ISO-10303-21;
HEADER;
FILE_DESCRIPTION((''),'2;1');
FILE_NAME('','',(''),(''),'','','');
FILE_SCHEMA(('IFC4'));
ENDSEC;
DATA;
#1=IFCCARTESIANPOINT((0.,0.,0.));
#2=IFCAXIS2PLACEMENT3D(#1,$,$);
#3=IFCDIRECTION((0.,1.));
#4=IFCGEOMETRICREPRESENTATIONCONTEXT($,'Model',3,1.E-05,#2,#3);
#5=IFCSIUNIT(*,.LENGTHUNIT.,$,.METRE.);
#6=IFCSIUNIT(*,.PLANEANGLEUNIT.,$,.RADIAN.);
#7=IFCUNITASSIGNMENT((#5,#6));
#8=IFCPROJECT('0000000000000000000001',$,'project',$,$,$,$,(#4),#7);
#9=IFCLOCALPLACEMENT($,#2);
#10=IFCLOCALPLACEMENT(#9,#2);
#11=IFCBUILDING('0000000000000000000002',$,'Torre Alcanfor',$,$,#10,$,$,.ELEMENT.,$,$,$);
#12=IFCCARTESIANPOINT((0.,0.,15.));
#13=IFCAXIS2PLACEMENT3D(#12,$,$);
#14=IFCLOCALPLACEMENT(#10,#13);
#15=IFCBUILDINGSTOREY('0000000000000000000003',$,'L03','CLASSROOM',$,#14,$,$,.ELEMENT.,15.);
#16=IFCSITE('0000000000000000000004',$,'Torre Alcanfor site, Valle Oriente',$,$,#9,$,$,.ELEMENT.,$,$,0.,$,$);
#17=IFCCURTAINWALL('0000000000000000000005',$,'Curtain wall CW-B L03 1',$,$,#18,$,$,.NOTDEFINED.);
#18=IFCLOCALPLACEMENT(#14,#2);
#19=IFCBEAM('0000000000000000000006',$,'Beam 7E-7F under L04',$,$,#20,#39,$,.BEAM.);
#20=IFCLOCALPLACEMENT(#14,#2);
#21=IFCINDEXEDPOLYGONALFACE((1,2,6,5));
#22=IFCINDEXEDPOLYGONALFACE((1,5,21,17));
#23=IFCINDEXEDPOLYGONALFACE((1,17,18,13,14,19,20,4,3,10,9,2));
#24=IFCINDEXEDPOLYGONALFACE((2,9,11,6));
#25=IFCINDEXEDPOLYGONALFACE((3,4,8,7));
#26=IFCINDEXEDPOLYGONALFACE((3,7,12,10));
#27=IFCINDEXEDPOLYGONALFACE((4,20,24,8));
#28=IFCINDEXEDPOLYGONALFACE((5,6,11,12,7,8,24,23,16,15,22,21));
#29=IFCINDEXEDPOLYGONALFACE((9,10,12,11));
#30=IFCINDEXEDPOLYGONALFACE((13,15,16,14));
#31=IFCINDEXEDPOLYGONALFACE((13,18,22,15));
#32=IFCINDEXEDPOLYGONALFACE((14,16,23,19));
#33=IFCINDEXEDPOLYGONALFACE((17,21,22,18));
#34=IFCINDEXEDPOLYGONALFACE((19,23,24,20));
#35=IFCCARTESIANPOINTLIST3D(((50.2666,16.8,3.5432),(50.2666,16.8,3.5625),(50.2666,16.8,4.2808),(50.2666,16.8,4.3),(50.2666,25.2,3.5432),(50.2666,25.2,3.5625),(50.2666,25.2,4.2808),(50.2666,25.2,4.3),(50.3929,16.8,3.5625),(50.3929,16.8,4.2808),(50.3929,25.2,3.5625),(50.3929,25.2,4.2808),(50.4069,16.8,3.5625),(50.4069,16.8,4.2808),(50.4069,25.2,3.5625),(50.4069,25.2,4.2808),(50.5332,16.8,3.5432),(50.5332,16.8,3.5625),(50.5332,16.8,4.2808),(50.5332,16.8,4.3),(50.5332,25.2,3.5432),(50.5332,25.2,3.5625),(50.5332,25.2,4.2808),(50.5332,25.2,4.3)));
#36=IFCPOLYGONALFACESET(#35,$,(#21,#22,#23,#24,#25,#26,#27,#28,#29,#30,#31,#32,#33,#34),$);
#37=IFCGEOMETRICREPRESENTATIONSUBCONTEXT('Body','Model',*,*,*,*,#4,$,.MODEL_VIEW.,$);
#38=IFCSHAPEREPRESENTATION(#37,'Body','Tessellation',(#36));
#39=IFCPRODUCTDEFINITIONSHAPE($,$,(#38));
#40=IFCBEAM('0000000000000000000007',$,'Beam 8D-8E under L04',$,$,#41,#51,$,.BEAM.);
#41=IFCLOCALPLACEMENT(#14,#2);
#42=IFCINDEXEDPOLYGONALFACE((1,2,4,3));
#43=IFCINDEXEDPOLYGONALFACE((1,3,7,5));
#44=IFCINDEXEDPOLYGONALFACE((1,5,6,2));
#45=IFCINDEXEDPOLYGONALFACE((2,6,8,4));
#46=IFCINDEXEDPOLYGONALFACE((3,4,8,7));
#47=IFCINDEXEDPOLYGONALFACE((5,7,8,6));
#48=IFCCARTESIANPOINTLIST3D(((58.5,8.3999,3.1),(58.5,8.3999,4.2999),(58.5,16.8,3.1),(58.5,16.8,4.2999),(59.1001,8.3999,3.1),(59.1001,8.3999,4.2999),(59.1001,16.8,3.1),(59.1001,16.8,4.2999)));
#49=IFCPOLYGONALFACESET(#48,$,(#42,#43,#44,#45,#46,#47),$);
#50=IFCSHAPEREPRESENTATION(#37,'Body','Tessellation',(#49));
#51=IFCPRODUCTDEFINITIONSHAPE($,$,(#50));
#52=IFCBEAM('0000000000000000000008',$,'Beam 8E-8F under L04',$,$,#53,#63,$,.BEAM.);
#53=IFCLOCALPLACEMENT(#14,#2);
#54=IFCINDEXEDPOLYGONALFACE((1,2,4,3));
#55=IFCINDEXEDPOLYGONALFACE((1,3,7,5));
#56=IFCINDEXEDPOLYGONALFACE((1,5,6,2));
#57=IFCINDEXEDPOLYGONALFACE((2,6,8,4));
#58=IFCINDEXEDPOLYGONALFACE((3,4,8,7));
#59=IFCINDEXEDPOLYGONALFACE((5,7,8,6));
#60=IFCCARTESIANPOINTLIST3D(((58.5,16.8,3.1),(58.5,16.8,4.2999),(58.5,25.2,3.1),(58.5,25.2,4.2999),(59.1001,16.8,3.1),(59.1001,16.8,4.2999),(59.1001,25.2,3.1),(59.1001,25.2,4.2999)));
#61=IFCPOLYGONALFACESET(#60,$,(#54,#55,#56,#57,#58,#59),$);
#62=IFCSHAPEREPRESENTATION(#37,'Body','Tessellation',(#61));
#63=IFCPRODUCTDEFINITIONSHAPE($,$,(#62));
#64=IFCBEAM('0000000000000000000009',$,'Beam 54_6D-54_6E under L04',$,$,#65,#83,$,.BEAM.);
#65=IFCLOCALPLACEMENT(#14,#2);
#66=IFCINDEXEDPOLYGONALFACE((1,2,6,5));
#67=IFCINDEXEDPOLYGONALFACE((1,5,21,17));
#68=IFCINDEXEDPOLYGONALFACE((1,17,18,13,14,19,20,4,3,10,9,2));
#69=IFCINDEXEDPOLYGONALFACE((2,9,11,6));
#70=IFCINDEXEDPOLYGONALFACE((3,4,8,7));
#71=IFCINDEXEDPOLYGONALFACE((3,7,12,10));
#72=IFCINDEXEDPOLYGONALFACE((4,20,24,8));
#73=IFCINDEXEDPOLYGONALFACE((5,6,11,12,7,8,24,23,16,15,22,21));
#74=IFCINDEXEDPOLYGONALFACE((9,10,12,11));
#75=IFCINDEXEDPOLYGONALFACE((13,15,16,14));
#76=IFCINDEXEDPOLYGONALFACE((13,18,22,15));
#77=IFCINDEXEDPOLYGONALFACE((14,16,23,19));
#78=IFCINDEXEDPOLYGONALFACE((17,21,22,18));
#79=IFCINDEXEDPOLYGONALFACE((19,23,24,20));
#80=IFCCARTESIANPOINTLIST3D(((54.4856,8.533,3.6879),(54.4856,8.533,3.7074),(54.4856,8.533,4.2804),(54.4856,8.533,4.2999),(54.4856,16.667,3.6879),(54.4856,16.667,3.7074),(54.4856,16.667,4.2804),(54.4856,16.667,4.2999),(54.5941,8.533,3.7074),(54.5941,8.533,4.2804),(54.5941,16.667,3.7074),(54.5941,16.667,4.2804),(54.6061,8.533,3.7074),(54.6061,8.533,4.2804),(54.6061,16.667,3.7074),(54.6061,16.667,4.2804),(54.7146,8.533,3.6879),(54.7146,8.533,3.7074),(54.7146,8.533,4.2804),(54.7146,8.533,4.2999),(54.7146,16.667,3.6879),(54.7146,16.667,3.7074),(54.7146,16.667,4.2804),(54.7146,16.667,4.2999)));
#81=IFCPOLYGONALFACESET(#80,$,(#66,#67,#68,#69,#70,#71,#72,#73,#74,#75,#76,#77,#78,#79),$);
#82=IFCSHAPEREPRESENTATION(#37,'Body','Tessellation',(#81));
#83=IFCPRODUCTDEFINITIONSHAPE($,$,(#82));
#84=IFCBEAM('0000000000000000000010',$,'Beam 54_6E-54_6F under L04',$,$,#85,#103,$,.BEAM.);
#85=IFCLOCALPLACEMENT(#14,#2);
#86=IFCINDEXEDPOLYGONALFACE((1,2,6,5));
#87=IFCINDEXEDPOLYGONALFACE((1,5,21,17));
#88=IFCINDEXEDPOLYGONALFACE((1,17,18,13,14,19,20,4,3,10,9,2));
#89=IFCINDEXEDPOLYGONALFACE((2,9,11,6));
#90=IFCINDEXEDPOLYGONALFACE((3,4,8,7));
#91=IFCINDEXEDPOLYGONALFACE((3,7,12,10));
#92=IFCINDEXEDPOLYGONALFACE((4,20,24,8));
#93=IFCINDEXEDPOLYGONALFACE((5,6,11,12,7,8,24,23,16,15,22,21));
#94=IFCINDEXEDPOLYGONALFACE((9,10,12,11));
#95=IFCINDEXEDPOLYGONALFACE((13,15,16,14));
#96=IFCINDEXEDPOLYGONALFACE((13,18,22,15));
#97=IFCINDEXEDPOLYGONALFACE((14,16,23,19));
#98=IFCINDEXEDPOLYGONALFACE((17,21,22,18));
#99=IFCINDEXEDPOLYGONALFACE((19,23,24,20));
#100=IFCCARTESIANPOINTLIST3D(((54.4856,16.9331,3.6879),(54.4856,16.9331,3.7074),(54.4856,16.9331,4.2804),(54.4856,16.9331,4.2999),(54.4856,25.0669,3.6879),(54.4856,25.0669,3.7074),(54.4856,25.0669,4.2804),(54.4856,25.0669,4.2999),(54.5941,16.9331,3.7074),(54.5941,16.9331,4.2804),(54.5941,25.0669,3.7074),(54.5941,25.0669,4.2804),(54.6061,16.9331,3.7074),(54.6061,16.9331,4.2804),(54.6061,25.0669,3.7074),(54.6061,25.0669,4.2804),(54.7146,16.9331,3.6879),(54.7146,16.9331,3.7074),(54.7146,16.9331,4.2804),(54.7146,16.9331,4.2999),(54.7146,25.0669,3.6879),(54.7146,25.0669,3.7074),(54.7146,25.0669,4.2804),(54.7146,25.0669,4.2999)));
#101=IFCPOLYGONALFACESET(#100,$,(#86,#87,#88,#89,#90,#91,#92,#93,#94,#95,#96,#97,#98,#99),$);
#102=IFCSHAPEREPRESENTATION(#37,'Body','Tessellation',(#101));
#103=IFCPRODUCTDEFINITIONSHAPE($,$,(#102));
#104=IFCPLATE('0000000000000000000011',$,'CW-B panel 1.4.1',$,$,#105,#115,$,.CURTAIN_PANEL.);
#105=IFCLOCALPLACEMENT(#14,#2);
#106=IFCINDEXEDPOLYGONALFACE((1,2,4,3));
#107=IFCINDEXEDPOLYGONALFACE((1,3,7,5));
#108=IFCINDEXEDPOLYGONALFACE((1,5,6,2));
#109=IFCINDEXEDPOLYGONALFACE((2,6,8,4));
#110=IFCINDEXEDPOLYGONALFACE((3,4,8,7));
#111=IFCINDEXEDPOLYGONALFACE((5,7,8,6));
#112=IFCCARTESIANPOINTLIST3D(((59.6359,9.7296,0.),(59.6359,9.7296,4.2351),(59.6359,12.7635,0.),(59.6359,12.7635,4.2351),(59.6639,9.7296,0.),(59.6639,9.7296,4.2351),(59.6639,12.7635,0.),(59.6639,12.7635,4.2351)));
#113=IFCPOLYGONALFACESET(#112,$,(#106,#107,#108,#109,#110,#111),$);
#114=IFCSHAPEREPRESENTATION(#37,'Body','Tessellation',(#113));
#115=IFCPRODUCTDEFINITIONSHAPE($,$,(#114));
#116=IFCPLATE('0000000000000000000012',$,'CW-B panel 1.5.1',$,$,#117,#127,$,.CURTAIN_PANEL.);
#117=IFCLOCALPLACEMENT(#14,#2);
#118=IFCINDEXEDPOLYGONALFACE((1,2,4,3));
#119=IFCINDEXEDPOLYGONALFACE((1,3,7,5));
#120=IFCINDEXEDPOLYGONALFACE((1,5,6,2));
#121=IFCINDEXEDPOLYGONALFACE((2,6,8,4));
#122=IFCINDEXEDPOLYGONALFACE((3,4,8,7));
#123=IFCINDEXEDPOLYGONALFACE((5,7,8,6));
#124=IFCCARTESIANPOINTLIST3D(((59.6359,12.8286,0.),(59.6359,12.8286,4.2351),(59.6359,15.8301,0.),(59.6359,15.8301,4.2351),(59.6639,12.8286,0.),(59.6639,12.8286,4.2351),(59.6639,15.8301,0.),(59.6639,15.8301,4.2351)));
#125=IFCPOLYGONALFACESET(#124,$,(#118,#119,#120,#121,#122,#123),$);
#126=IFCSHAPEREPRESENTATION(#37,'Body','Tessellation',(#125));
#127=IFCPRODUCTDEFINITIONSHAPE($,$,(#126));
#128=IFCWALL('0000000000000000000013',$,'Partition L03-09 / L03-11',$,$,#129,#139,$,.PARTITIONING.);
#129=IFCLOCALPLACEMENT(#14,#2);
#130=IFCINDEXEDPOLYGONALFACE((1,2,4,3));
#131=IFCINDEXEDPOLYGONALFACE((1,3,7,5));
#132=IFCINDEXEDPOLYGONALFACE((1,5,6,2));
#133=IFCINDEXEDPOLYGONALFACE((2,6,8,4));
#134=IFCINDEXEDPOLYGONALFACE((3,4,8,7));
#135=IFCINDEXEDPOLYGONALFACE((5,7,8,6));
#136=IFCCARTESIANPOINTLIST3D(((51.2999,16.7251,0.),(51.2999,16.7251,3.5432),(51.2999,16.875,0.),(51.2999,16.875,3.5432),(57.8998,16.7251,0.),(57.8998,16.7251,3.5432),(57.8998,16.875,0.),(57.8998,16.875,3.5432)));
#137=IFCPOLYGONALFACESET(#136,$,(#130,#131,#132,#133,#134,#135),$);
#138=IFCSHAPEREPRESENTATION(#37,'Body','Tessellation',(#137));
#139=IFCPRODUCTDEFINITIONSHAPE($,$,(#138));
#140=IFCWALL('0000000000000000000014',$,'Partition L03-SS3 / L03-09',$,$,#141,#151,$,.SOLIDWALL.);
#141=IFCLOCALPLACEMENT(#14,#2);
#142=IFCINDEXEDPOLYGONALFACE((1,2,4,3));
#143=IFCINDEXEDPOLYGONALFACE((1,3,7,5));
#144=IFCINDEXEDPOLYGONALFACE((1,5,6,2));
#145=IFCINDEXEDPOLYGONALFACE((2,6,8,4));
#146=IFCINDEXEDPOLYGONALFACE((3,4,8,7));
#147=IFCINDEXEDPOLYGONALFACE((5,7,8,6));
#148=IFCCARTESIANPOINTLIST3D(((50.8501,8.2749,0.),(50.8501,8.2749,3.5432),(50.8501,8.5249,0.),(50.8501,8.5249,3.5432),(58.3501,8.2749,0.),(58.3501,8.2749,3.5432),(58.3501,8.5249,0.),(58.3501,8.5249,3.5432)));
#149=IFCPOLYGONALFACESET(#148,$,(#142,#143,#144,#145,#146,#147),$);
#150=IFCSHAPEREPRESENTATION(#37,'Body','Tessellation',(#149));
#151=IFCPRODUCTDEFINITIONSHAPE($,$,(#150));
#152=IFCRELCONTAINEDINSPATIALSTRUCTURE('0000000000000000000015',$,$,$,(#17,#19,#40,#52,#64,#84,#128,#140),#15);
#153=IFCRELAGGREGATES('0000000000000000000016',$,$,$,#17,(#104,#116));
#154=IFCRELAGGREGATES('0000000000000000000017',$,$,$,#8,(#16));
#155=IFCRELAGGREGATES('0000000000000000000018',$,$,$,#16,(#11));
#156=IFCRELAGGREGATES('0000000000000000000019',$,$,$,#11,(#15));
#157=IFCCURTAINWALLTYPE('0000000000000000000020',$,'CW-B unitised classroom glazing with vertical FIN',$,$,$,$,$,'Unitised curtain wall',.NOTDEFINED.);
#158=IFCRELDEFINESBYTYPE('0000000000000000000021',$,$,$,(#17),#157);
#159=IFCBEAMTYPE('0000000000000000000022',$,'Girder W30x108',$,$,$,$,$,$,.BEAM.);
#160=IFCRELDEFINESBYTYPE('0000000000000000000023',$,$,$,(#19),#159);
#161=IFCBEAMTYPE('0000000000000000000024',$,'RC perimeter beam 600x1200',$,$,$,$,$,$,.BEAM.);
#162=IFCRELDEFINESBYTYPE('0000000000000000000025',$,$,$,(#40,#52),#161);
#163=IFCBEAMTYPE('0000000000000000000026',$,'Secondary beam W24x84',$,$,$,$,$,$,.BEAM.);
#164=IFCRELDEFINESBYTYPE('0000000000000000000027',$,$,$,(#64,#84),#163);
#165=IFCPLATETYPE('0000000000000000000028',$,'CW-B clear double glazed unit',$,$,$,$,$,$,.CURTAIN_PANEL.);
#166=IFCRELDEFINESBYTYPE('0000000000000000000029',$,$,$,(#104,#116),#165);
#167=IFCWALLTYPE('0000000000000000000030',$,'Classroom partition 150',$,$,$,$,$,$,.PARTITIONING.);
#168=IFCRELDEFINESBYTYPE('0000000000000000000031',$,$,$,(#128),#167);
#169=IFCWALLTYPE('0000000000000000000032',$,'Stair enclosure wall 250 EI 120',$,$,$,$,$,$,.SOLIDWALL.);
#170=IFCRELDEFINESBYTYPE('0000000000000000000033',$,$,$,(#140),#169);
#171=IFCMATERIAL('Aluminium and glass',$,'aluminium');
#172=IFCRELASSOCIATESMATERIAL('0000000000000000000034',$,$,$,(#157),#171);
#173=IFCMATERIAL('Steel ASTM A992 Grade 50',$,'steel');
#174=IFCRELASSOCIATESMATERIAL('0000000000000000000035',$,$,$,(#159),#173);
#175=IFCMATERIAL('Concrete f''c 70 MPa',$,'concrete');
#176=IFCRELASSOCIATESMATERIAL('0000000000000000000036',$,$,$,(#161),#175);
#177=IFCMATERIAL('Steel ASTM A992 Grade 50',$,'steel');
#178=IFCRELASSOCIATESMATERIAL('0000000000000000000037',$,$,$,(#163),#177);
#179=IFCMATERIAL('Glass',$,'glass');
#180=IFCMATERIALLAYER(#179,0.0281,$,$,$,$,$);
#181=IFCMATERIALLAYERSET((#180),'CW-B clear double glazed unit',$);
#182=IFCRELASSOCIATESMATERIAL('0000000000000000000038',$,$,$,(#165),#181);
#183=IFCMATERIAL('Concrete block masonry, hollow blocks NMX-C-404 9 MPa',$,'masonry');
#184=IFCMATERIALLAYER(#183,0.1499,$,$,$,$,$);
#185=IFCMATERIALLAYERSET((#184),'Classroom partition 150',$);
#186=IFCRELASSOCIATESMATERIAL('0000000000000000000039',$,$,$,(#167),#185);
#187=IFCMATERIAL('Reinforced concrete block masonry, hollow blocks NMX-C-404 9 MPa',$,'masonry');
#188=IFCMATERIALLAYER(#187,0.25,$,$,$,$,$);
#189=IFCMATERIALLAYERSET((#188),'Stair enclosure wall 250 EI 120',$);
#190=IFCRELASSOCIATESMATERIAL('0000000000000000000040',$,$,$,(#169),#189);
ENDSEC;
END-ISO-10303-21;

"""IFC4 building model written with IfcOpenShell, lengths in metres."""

from ifc_helpers import new_model, si_unit, direction, frame, frame_2d, origin, origin_2d, place, context, subcontext, project, spatial, rectangle, i_section, extrude, material, layer, layer_set, material_profile, profile_set, type_object, element, aggregate, save


model = new_model("IFC4")

# Units and contexts
model_context = context("Model", 3, precision=1e-05, world=origin(), true_north=direction((0.0, 1.0)))
body_context = subcontext(model_context, "Body", "Model", "MODEL_VIEW")
ifc_project = project(units=[si_unit("LENGTHUNIT", "METRE"), si_unit("PLANEANGLEUNIT", "RADIAN")], contexts=[model_context])

# Site, building, storey
site_placement = place(None, origin())
site = spatial("IfcSite", under=ifc_project, at=site_placement, Name="Torre Alcanfor site, Valle Oriente", CompositionType="ELEMENT", RefElevation=0.0)
building_placement = place(site_placement, origin())
building = spatial("IfcBuilding", under=site, at=building_placement, Name="Torre Alcanfor", CompositionType="ELEMENT")
storey_placement = place(building_placement, frame((0.0, 0.0, 15.0)))
storey = spatial("IfcBuildingStorey", under=building, at=storey_placement, Name="L03", Description="CLASSROOM", CompositionType="ELEMENT", Elevation=15.0)

# Curtain wall
ifc_material_1 = material(Name="Aluminium and glass", Category="aluminium")
curtain_wall_type = type_object("IfcCurtainWallType", Name="CW-B unitised classroom glazing with vertical FIN", ElementType="Unitised curtain wall", PredefinedType="NOTDEFINED", material=ifc_material_1)
curtain_wall_placement = place(storey_placement, origin())
curtain_wall = element("IfcCurtainWall", 1, at=curtain_wall_placement, inside=storey, type_object=curtain_wall_type, Name="Curtain wall CW-B L03 1", PredefinedType="NOTDEFINED")

# Beams
ifc_material_2 = material(Name="Steel ASTM A992 Grade 50", Category="steel")
ifc_material_profile_1 = material_profile(ifc_material_2, i_section(OverallWidth=0.2666, OverallDepth=0.7568, WebThickness=0.0139, FlangeThickness=0.0193, at=origin_2d()), Name="W30x108")
ifc_profile_set_1 = profile_set([ifc_material_profile_1], Name="Steel ASTM A992 Grade 50")
beam_type_1 = type_object("IfcBeamType", Name="Girder W30x108", PredefinedType="BEAM", material=ifc_profile_set_1)
beam_1_placement = place(storey_placement, frame((50.3999, 16.8, 3.9216), z_axis=(0.0, 1.0, 0.0), x_axis=(-1.0, 0.0, 0.0)))
element("IfcBeam", 2, at=beam_1_placement, inside=storey, type_object=beam_type_1, Name="Beam 7E-7F under L04", PredefinedType="BEAM", context=body_context, shape_type="SweptSolid", body=[
    extrude(i_section(OverallWidth=0.2666, OverallDepth=0.7568, WebThickness=0.0139, FlangeThickness=0.0193, at=origin_2d()), origin(), (0.0, 0.0, 1.0), 8.3999),
])
ifc_material_3 = material(Name="Concrete f'c 70 MPa", Category="concrete")
ifc_material_profile_2 = material_profile(ifc_material_3, rectangle(XDim=0.6001, YDim=1.2, at=origin_2d()), Name="600x1200")
ifc_profile_set_2 = profile_set([ifc_material_profile_2], Name="Concrete f'c 70 MPa")
beam_type_2 = type_object("IfcBeamType", Name="RC perimeter beam 600x1200", PredefinedType="BEAM", material=ifc_profile_set_2)
beam_2_placement = place(storey_placement, frame((58.8, 8.3999, 3.7), z_axis=(0.0, 1.0, 0.0), x_axis=(-1.0, 0.0, 0.0)))
element("IfcBeam", 3, at=beam_2_placement, inside=storey, type_object=beam_type_2, Name="Beam 8D-8E under L04", PredefinedType="BEAM", context=body_context, shape_type="SweptSolid", body=[
    extrude(rectangle(XDim=0.6001, YDim=1.2, at=origin_2d()), origin(), (0.0, 0.0, 1.0), 8.4001),
])
beam_3_placement = place(storey_placement, frame((58.8, 16.8, 3.7), z_axis=(0.0, 1.0, 0.0), x_axis=(-1.0, 0.0, 0.0)))
element("IfcBeam", 4, at=beam_3_placement, inside=storey, type_object=beam_type_2, Name="Beam 8E-8F under L04", PredefinedType="BEAM", context=body_context, shape_type="SweptSolid", body=[
    extrude(rectangle(XDim=0.6001, YDim=1.2, at=origin_2d()), origin(), (0.0, 0.0, 1.0), 8.3999),
])
ifc_material_4 = material(Name="Steel ASTM A992 Grade 50", Category="steel")
ifc_material_profile_3 = material_profile(ifc_material_4, i_section(OverallWidth=0.229, OverallDepth=0.6121, WebThickness=0.012, FlangeThickness=0.0195, at=origin_2d()), Name="W24x84")
ifc_profile_set_3 = profile_set([ifc_material_profile_3], Name="Steel ASTM A992 Grade 50")
beam_type_3 = type_object("IfcBeamType", Name="Secondary beam W24x84", PredefinedType="BEAM", material=ifc_profile_set_3)
beam_4_placement = place(storey_placement, frame((54.6001, 8.533, 3.9939), z_axis=(0.0, 1.0, 0.0), x_axis=(-1.0, 0.0, 0.0)))
element("IfcBeam", 5, at=beam_4_placement, inside=storey, type_object=beam_type_3, Name="Beam 54_6D-54_6E under L04", PredefinedType="BEAM", context=body_context, shape_type="SweptSolid", body=[
    extrude(i_section(OverallWidth=0.229, OverallDepth=0.6121, WebThickness=0.012, FlangeThickness=0.0195, at=origin_2d()), origin(), (0.0, 0.0, 1.0), 8.134),
])
beam_5_placement = place(storey_placement, frame((54.6001, 16.9331, 3.9939), z_axis=(0.0, 1.0, 0.0), x_axis=(-1.0, 0.0, 0.0)))
element("IfcBeam", 6, at=beam_5_placement, inside=storey, type_object=beam_type_3, Name="Beam 54_6E-54_6F under L04", PredefinedType="BEAM", context=body_context, shape_type="SweptSolid", body=[
    extrude(i_section(OverallWidth=0.229, OverallDepth=0.6121, WebThickness=0.012, FlangeThickness=0.0195, at=origin_2d()), origin(), (0.0, 0.0, 1.0), 8.1338),
])

# Plates
ifc_material_5 = material(Name="Glass", Category="glass")
ifc_layer_1 = layer(ifc_material_5, 0.0281)
ifc_layer_set_1 = layer_set([ifc_layer_1], Name="CW-B clear double glazed unit")
plate_type = type_object("IfcPlateType", Name="CW-B clear double glazed unit", PredefinedType="CURTAIN_PANEL", material=ifc_layer_set_1)
plate_1_placement = place(storey_placement, frame((59.6499, 11.2466, 0.0), z_axis=(0.0, 0.0, 1.0), x_axis=(0.0, 1.0, 0.0)))
plate_1 = element("IfcPlate", 7, at=plate_1_placement, type_object=plate_type, Name="CW-B panel 1.4.1", PredefinedType="CURTAIN_PANEL", context=body_context, shape_type="SweptSolid", body=[
    extrude(rectangle(XDim=3.0339, YDim=0.0281, at=origin_2d()), origin(), (0.0, 0.0, 1.0), 4.2351),
])
plate_2_placement = place(storey_placement, frame((59.6499, 14.3293, 0.0), z_axis=(0.0, 0.0, 1.0), x_axis=(0.0, 1.0, 0.0)))
plate_2 = element("IfcPlate", 8, at=plate_2_placement, type_object=plate_type, Name="CW-B panel 1.5.1", PredefinedType="CURTAIN_PANEL", context=body_context, shape_type="SweptSolid", body=[
    extrude(rectangle(XDim=3.0015, YDim=0.0281, at=origin_2d()), origin(), (0.0, 0.0, 1.0), 4.2351),
])
aggregate(curtain_wall, [plate_1, plate_2])

# Walls
ifc_material_6 = material(Name="Concrete block masonry, hollow blocks NMX-C-404 9 MPa", Category="masonry")
ifc_layer_2 = layer(ifc_material_6, 0.1499)
ifc_layer_set_2 = layer_set([ifc_layer_2], Name="Classroom partition 150")
wall_type_1 = type_object("IfcWallType", Name="Classroom partition 150", PredefinedType="PARTITIONING", material=ifc_layer_set_2)
wall_1_placement = place(storey_placement, frame((51.3, 16.8, 0.0), z_axis=(0.0, 0.0, 1.0), x_axis=(1.0, 0.0, 0.0)))
element("IfcWall", 9, at=wall_1_placement, inside=storey, type_object=wall_type_1, Name="Partition L03-09 / L03-11", PredefinedType="PARTITIONING", context=body_context, shape_type="SweptSolid", body=[
    extrude(rectangle(XDim=6.5999, YDim=0.1499, at=frame_2d((3.2998, 0.0))), origin(), (0.0, 0.0, 1.0), 3.5432),
])
ifc_material_7 = material(Name="Reinforced concrete block masonry, hollow blocks NMX-C-404 9 MPa", Category="masonry")
ifc_layer_3 = layer(ifc_material_7, 0.25)
ifc_layer_set_3 = layer_set([ifc_layer_3], Name="Stair enclosure wall 250 EI 120")
wall_type_2 = type_object("IfcWallType", Name="Stair enclosure wall 250 EI 120", PredefinedType="SOLIDWALL", material=ifc_layer_set_3)
wall_2_placement = place(storey_placement, frame((50.8501, 8.3999, 0.0), z_axis=(0.0, 0.0, 1.0), x_axis=(1.0, 0.0, 0.0)))
element("IfcWall", 10, at=wall_2_placement, inside=storey, type_object=wall_type_2, Name="Partition L03-SS3 / L03-09", PredefinedType="SOLIDWALL", context=body_context, shape_type="SweptSolid", body=[
    extrude(rectangle(XDim=7.5, YDim=0.25, at=frame_2d((3.75, 0.0))), origin(), (0.0, 0.0, 1.0), 3.5432),
])

save(model, "model.ifc")
